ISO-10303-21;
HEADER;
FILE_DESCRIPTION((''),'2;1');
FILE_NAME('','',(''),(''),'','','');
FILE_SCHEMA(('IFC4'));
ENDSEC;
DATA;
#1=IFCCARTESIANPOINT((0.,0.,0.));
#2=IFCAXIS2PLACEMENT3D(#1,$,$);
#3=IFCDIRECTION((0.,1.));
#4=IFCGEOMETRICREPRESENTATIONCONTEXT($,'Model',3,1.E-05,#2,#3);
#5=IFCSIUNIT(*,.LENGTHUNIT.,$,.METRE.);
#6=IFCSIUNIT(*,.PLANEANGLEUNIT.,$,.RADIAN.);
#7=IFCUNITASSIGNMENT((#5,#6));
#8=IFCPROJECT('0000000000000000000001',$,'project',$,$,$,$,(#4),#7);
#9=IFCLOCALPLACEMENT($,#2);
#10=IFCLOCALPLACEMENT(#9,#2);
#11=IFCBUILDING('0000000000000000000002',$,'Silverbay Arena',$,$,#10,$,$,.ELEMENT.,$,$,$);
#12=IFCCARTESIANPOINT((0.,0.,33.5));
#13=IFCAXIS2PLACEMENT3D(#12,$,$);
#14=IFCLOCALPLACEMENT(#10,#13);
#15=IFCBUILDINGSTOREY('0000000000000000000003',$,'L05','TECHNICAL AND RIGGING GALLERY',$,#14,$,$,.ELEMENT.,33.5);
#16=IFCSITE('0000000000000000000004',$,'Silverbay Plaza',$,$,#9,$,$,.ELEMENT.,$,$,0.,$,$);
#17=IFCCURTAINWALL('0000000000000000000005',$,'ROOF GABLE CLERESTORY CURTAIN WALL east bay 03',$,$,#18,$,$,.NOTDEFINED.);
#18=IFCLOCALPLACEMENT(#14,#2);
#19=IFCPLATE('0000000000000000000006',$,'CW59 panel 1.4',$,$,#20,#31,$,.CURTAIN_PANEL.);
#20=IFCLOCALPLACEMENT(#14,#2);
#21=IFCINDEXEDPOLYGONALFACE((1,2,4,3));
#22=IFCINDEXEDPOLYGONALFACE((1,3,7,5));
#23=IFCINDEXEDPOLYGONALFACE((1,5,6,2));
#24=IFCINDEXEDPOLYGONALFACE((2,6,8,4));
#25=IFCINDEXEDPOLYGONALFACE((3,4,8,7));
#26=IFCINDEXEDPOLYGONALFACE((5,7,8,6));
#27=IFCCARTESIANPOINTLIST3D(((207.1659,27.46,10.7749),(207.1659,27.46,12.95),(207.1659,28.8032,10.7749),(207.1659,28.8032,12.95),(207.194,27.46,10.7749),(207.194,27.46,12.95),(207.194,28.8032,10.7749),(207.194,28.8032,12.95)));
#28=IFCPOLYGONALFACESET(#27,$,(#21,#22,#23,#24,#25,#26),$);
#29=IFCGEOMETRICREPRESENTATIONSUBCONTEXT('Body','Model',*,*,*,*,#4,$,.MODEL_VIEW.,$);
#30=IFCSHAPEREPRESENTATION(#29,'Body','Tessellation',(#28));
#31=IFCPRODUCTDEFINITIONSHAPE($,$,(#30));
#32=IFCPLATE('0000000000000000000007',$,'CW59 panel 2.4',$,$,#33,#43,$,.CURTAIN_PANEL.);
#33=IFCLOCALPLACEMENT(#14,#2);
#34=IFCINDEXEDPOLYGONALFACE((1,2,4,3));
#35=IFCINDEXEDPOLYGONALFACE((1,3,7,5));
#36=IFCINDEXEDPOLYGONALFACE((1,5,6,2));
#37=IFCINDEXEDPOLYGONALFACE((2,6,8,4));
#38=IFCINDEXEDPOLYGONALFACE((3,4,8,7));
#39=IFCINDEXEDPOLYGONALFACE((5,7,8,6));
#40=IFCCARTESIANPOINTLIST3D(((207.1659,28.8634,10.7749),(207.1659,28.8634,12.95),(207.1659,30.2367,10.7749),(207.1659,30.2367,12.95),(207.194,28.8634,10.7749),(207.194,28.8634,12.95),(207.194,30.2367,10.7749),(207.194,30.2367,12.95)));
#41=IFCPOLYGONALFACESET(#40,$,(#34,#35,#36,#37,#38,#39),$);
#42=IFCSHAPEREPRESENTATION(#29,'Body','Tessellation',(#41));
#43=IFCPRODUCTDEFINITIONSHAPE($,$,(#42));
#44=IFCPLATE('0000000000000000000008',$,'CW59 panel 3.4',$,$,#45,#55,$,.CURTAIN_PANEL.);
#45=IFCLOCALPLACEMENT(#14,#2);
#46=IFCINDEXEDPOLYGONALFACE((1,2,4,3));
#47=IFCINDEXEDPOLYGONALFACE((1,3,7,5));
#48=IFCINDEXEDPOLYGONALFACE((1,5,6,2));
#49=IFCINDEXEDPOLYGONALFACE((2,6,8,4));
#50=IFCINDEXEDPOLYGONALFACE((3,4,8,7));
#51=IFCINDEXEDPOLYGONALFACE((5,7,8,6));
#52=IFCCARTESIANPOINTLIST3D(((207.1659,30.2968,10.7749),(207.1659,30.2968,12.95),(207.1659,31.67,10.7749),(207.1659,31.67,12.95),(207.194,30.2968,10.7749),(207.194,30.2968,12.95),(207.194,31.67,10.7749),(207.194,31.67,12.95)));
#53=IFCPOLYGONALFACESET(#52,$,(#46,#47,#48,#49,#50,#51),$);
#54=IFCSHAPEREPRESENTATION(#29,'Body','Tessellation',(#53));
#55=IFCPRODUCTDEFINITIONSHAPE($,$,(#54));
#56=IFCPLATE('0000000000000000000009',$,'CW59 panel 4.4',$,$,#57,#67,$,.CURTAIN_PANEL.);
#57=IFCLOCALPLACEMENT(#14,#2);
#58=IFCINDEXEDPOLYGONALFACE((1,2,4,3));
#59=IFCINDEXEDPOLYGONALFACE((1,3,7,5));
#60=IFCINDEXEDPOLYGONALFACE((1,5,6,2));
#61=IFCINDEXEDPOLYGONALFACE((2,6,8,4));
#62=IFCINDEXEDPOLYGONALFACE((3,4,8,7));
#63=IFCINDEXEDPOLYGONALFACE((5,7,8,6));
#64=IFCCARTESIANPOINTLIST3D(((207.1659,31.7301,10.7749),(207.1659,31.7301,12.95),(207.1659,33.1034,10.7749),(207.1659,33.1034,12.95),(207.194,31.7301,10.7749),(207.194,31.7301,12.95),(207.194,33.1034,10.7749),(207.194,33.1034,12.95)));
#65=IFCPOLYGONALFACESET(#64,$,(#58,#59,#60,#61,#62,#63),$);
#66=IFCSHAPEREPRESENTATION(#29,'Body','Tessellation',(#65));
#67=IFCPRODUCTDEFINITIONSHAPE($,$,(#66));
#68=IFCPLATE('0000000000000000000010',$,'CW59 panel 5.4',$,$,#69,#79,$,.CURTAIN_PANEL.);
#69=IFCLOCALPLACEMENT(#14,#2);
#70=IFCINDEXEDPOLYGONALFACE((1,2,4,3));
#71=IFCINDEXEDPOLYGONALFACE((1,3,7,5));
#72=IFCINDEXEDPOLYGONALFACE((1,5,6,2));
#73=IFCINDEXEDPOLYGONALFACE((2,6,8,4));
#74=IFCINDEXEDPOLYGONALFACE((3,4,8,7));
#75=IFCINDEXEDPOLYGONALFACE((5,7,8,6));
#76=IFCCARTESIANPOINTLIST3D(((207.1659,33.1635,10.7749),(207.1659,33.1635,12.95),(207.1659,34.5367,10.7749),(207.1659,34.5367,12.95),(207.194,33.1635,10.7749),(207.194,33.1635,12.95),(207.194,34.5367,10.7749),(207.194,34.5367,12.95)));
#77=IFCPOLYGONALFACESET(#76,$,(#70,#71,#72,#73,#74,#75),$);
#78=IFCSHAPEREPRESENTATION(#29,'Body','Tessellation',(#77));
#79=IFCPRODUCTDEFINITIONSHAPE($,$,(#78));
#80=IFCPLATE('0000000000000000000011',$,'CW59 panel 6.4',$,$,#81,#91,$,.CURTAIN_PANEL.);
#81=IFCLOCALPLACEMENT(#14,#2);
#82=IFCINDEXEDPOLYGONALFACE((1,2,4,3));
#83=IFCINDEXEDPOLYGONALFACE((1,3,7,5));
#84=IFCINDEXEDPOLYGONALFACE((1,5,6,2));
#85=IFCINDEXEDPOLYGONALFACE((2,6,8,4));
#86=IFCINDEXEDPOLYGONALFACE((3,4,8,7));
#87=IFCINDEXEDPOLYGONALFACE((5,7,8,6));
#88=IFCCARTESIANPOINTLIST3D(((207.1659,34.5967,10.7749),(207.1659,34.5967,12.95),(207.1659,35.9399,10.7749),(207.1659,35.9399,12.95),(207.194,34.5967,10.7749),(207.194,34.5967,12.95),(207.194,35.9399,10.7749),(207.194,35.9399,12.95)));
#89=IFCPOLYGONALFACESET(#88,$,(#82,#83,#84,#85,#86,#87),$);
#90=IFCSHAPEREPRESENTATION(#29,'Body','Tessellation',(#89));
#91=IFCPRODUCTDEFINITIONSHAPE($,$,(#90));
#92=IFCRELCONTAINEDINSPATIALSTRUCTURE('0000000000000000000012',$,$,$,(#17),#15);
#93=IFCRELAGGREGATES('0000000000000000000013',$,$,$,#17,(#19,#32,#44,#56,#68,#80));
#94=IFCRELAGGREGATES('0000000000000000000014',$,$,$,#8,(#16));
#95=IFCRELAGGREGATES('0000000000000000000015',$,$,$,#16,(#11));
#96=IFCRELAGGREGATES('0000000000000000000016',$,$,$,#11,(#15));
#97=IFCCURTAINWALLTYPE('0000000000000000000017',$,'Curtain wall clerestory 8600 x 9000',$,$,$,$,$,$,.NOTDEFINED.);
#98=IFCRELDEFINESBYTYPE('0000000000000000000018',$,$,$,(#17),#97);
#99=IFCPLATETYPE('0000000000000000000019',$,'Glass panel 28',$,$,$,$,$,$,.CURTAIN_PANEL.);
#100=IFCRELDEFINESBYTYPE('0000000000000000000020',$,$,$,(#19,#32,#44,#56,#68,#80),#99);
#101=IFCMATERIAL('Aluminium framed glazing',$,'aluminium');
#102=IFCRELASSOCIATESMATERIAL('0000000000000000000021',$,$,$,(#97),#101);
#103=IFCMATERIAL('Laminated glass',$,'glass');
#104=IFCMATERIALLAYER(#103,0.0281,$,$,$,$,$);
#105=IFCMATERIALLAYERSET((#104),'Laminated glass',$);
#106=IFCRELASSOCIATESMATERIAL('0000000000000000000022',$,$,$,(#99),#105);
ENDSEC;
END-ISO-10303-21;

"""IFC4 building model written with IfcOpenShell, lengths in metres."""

from ifc_helpers import new_model, si_unit, direction, frame, origin, origin_2d, place, context, subcontext, project, spatial, rectangle, extrude, material, layer, layer_set, type_object, element, aggregate, save


model = new_model("IFC4")

# Units and contexts
model_context = context("Model", 3, precision=1e-05, world=origin(), true_north=direction((0.0, 1.0)))
body_context = subcontext(model_context, "Body", "Model", "MODEL_VIEW")
ifc_project = project(units=[si_unit("LENGTHUNIT", "METRE"), si_unit("PLANEANGLEUNIT", "RADIAN")], contexts=[model_context])

# Site, building, storey
site_placement = place(None, origin())
site = spatial("IfcSite", under=ifc_project, at=site_placement, Name="Silverbay Plaza", CompositionType="ELEMENT", RefElevation=0.0)
building_placement = place(site_placement, origin())
building = spatial("IfcBuilding", under=site, at=building_placement, Name="Silverbay Arena", CompositionType="ELEMENT")
storey_placement = place(building_placement, frame((0.0, 0.0, 33.5)))
storey = spatial("IfcBuildingStorey", under=building, at=storey_placement, Name="L05", Description="TECHNICAL AND RIGGING GALLERY", CompositionType="ELEMENT", Elevation=33.5)

# Curtain wall
ifc_material_1 = material(Name="Aluminium framed glazing", Category="aluminium")
curtain_wall_type_1 = type_object("IfcCurtainWallType", Name="Curtain wall clerestory 8600 x 9000", PredefinedType="NOTDEFINED", material=ifc_material_1)
curtain_wall_1_placement = place(storey_placement, origin())
curtain_wall_1 = element("IfcCurtainWall", 1, at=curtain_wall_1_placement, inside=storey, type_object=curtain_wall_type_1, Name="ROOF GABLE CLERESTORY CURTAIN WALL east bay 03", PredefinedType="NOTDEFINED")

# Plates
ifc_material_2 = material(Name="Laminated glass", Category="glass")
ifc_layer = layer(ifc_material_2, 0.0281)
ifc_layer_set = layer_set([ifc_layer], Name="Laminated glass")
plate_type = type_object("IfcPlateType", Name="Glass panel 28", PredefinedType="CURTAIN_PANEL", material=ifc_layer_set)
plate_1_placement = place(storey_placement, frame((207.1799, 28.1316, 10.7749), z_axis=(0.0, 0.0, 1.0), x_axis=(0.0, 1.0, 0.0)))
plate_1 = element("IfcPlate", 2, at=plate_1_placement, type_object=plate_type, Name="CW59 panel 1.4", PredefinedType="CURTAIN_PANEL", context=body_context, shape_type="SweptSolid", body=[
    extrude(rectangle(XDim=1.3433, YDim=0.0281, at=origin_2d()), origin(), (0.0, 0.0, 1.0), 2.175),
])
plate_2_placement = place(storey_placement, frame((207.1799, 29.55, 10.7749), z_axis=(0.0, 0.0, 1.0), x_axis=(0.0, 1.0, 0.0)))
plate_2 = element("IfcPlate", 3, at=plate_2_placement, type_object=plate_type, Name="CW59 panel 2.4", PredefinedType="CURTAIN_PANEL", context=body_context, shape_type="SweptSolid", body=[
    extrude(rectangle(XDim=1.3733, YDim=0.0281, at=origin_2d()), origin(), (0.0, 0.0, 1.0), 2.175),
])
plate_3_placement = place(storey_placement, frame((207.1799, 30.9834, 10.7749), z_axis=(0.0, 0.0, 1.0), x_axis=(0.0, 1.0, 0.0)))
plate_3 = element("IfcPlate", 4, at=plate_3_placement, type_object=plate_type, Name="CW59 panel 3.4", PredefinedType="CURTAIN_PANEL", context=body_context, shape_type="SweptSolid", body=[
    extrude(rectangle(XDim=1.3733, YDim=0.0281, at=origin_2d()), origin(), (0.0, 0.0, 1.0), 2.175),
])
plate_4_placement = place(storey_placement, frame((207.1799, 32.4167, 10.7749), z_axis=(0.0, 0.0, 1.0), x_axis=(0.0, 1.0, 0.0)))
plate_4 = element("IfcPlate", 5, at=plate_4_placement, type_object=plate_type, Name="CW59 panel 4.4", PredefinedType="CURTAIN_PANEL", context=body_context, shape_type="SweptSolid", body=[
    extrude(rectangle(XDim=1.3733, YDim=0.0281, at=origin_2d()), origin(), (0.0, 0.0, 1.0), 2.175),
])
plate_5_placement = place(storey_placement, frame((207.1799, 33.8501, 10.7749), z_axis=(0.0, 0.0, 1.0), x_axis=(0.0, 1.0, 0.0)))
plate_5 = element("IfcPlate", 6, at=plate_5_placement, type_object=plate_type, Name="CW59 panel 5.4", PredefinedType="CURTAIN_PANEL", context=body_context, shape_type="SweptSolid", body=[
    extrude(rectangle(XDim=1.3733, YDim=0.0281, at=origin_2d()), origin(), (0.0, 0.0, 1.0), 2.175),
])
plate_6_placement = place(storey_placement, frame((207.1799, 35.2683, 10.7749), z_axis=(0.0, 0.0, 1.0), x_axis=(0.0, 1.0, 0.0)))
plate_6 = element("IfcPlate", 7, at=plate_6_placement, type_object=plate_type, Name="CW59 panel 6.4", PredefinedType="CURTAIN_PANEL", context=body_context, shape_type="SweptSolid", body=[
    extrude(rectangle(XDim=1.3433, YDim=0.0281, at=origin_2d()), origin(), (0.0, 0.0, 1.0), 2.175),
])
aggregate(curtain_wall_1, [plate_1, plate_2, plate_3, plate_4, plate_5, plate_6])

save(model, "model.ifc")
